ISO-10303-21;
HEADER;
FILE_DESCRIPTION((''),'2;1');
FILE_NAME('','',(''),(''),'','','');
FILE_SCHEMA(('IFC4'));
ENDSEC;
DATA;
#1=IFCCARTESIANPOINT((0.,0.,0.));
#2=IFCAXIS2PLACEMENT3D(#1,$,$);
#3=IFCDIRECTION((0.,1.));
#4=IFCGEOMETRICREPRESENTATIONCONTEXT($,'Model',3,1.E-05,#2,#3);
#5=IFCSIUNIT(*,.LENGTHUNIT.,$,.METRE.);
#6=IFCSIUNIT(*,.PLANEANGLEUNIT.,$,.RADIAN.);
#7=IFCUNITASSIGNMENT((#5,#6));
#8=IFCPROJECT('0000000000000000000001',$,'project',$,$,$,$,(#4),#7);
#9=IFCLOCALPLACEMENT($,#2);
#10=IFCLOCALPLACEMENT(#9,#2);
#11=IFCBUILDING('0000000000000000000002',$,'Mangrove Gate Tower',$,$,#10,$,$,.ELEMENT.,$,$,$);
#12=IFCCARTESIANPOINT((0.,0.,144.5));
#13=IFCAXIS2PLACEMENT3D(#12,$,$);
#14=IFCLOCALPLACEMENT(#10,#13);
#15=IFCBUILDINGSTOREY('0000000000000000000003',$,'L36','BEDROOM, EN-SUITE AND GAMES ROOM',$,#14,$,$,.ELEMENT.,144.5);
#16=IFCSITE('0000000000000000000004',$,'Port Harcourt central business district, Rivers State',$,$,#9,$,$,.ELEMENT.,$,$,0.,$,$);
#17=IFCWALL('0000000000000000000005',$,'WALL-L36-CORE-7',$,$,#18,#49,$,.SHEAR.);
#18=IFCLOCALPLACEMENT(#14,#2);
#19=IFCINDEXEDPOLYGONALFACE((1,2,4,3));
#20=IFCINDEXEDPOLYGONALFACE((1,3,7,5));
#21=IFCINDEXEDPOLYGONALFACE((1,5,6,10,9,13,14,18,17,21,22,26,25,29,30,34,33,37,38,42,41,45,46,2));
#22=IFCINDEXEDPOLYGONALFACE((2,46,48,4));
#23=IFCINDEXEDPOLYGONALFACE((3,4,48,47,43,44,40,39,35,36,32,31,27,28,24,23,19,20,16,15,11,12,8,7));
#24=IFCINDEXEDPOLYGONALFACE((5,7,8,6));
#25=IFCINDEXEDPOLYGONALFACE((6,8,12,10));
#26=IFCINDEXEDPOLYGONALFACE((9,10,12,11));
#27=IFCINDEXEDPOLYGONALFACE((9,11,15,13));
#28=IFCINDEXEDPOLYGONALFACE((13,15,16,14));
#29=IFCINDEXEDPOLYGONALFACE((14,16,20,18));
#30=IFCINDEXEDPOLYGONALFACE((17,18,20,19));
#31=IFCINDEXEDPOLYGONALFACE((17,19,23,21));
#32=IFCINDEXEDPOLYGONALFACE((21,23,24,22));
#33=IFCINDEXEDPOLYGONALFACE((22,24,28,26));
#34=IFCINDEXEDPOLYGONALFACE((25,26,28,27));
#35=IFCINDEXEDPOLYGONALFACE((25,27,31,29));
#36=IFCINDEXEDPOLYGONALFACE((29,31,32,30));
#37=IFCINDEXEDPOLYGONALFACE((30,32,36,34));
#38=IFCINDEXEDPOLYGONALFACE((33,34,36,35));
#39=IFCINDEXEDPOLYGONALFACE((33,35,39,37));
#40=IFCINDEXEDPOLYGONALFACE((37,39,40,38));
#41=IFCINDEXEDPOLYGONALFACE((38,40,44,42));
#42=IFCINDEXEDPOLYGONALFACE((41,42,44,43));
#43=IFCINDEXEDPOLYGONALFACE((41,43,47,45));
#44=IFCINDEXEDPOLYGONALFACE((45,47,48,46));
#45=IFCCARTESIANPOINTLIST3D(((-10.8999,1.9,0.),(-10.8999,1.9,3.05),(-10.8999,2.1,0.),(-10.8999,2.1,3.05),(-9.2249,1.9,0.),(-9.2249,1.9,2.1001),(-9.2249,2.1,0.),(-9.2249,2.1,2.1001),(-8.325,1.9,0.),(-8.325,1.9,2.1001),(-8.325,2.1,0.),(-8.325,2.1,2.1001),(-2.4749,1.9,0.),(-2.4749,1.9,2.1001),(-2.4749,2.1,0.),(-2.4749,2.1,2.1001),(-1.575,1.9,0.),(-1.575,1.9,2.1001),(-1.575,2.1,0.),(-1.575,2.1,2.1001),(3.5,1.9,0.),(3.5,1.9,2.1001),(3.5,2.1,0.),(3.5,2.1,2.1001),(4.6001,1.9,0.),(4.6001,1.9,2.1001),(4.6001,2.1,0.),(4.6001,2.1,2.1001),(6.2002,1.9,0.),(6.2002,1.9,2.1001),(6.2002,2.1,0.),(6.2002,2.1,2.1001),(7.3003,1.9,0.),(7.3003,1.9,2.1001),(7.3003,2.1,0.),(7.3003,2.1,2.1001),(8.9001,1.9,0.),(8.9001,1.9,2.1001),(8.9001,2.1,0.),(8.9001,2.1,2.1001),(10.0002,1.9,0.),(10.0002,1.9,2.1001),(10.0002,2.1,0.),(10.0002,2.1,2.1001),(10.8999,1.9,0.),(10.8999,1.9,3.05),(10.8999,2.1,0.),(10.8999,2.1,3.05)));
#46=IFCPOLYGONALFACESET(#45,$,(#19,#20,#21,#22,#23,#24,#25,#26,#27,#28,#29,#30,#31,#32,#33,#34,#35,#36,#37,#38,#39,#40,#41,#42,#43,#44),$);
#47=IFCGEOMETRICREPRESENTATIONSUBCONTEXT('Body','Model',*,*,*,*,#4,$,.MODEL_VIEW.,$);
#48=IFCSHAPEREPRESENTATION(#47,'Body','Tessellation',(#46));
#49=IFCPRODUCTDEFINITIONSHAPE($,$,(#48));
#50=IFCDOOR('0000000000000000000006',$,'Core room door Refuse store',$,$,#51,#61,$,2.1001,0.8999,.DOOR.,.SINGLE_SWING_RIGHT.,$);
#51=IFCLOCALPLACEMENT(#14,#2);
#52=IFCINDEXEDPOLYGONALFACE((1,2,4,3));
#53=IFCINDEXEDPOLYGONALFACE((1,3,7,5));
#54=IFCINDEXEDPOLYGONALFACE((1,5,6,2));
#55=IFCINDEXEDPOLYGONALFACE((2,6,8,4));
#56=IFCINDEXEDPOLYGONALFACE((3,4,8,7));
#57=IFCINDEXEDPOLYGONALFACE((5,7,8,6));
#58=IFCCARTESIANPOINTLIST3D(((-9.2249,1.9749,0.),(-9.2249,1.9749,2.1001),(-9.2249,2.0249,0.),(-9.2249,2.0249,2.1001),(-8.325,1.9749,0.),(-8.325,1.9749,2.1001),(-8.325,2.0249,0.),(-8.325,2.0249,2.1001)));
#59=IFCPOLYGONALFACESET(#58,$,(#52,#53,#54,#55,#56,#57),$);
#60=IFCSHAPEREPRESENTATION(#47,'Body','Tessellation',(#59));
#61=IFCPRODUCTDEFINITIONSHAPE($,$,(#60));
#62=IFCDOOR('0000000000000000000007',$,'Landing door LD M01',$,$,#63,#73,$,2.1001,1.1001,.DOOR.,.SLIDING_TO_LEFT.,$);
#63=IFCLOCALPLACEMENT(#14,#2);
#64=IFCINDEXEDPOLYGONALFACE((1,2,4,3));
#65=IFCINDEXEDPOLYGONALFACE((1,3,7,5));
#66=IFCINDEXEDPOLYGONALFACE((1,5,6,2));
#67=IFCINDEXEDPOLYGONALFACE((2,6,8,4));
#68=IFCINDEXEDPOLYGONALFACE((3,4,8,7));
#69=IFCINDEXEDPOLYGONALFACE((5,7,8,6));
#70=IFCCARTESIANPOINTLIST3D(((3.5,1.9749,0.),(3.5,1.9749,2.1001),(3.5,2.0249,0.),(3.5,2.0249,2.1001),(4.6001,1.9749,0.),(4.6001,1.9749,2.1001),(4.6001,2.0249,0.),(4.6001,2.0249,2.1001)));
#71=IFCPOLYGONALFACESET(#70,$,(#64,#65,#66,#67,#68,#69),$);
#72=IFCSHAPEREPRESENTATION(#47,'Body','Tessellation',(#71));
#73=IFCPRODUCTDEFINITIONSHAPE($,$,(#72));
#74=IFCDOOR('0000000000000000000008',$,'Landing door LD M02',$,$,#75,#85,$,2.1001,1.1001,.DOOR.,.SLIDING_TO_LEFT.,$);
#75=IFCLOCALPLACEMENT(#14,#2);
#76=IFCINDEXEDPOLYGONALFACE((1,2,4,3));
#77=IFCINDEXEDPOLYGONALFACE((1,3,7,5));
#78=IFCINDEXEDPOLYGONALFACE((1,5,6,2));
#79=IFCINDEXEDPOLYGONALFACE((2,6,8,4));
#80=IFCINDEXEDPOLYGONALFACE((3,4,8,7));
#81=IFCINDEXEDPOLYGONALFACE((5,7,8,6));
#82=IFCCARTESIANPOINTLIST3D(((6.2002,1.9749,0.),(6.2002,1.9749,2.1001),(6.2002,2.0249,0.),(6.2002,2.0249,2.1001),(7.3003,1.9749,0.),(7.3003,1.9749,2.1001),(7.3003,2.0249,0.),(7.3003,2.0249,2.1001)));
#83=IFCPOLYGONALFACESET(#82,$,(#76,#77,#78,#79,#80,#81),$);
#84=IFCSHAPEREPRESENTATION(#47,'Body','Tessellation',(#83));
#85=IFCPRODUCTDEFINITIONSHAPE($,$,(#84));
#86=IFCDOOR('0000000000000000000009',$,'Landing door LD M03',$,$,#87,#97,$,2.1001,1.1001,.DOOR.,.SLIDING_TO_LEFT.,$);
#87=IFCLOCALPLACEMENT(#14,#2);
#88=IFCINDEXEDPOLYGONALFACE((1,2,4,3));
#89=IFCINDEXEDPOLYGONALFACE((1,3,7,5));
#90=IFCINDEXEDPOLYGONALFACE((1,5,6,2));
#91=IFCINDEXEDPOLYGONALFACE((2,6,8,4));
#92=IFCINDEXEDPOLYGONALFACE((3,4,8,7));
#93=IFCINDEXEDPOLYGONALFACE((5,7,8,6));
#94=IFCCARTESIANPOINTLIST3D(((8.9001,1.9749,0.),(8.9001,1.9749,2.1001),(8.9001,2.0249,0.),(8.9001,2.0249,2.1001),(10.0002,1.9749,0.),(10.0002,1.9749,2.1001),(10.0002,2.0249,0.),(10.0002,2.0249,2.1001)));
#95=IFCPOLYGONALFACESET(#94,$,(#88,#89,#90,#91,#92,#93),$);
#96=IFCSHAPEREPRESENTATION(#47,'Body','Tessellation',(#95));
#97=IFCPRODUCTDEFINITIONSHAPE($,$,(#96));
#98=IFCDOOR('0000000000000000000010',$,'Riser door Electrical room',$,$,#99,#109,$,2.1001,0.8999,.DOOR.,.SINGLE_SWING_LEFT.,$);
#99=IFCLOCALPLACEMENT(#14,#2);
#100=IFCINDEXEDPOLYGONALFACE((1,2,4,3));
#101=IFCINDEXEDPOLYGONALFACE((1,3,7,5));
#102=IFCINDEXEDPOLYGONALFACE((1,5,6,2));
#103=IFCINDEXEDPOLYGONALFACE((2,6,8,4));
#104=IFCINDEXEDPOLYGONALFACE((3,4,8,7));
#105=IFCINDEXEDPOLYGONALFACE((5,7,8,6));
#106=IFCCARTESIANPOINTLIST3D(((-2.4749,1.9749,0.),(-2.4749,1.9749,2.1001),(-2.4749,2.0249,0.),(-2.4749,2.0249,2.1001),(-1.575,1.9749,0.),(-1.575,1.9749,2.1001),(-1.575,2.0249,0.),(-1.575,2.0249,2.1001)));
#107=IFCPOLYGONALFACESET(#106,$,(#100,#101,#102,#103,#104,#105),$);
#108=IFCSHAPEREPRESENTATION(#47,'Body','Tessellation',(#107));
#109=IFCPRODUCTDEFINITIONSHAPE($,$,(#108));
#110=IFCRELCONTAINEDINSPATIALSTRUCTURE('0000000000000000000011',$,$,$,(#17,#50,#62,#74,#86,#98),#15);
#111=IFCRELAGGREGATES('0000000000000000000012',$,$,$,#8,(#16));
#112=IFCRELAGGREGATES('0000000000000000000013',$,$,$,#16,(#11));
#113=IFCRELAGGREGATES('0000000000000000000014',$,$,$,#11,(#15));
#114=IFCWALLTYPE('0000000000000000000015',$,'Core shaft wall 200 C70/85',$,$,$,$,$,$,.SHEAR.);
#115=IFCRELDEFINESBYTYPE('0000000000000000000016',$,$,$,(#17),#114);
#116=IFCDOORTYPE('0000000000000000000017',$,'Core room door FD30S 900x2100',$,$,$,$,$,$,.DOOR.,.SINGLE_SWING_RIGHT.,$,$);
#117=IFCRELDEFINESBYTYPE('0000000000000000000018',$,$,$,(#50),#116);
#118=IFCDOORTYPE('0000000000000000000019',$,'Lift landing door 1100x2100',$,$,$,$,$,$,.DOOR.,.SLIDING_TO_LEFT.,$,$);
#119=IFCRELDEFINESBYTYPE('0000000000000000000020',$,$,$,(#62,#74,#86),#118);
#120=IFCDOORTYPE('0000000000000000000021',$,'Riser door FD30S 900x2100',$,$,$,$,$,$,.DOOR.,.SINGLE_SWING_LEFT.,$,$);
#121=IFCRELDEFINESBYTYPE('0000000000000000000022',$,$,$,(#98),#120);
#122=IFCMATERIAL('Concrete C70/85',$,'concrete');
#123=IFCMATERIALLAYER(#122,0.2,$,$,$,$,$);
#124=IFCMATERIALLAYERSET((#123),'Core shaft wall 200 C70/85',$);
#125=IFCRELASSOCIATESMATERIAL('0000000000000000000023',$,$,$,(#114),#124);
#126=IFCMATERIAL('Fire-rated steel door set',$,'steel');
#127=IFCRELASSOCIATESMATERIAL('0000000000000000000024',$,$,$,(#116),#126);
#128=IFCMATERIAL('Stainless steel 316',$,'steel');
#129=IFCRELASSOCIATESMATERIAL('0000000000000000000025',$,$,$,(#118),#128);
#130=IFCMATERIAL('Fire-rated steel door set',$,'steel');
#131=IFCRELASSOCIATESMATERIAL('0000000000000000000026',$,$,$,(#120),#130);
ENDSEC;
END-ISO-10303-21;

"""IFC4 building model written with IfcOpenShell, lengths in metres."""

from ifc_helpers import new_model, si_unit, direction, frame, frame_2d, origin, place, context, subcontext, project, spatial, rectangle, extrude, material, layer, layer_set, type_object, element, fill, save


model = new_model("IFC4")

# Units and contexts
model_context = context("Model", 3, precision=1e-05, world=origin(), true_north=direction((0.0, 1.0)))
body_context = subcontext(model_context, "Body", "Model", "MODEL_VIEW")
ifc_project = project(units=[si_unit("LENGTHUNIT", "METRE"), si_unit("PLANEANGLEUNIT", "RADIAN")], contexts=[model_context])

# Site, building, storey
site_placement = place(None, origin())
site = spatial("IfcSite", under=ifc_project, at=site_placement, Name="Port Harcourt central business district, Rivers State", CompositionType="ELEMENT", RefElevation=0.0)
building_placement = place(site_placement, origin())
building = spatial("IfcBuilding", under=site, at=building_placement, Name="Mangrove Gate Tower", CompositionType="ELEMENT")
storey_placement = place(building_placement, frame((0.0, 0.0, 144.5)))
storey = spatial("IfcBuildingStorey", under=building, at=storey_placement, Name="L36", Description="BEDROOM, EN-SUITE AND GAMES ROOM", CompositionType="ELEMENT", Elevation=144.5)

# Wall, openings, doors
ifc_material_1 = material(Name="Concrete C70/85", Category="concrete")
ifc_layer_1 = layer(ifc_material_1, 0.2)
ifc_layer_set_1 = layer_set([ifc_layer_1], Name="Core shaft wall 200 C70/85")
wall_type_1 = type_object("IfcWallType", Name="Core shaft wall 200 C70/85", PredefinedType="SHEAR", material=ifc_layer_set_1)
wall_1_placement = place(storey_placement, frame((-10.8999, 2.0, 0.0), z_axis=(0.0, 0.0, 1.0), x_axis=(1.0, 0.0, 0.0)))
wall_1 = element("IfcWall", 1, at=wall_1_placement, inside=storey, type_object=wall_type_1, Name="WALL-L36-CORE-7", PredefinedType="SHEAR", context=body_context, shape_type="SweptSolid", body=[
    extrude(rectangle(XDim=21.7998, YDim=0.2, at=frame_2d((10.8999, 0.0))), origin(), (0.0, 0.0, 1.0), 3.05),
])
opening_1_placement = place(wall_1_placement, frame((14.3999, 0.0, 0.0)))
opening_1 = element("IfcOpeningElement", 2, at=opening_1_placement, cuts=wall_1, PredefinedType="OPENING", context=body_context, shape_type="SweptSolid", body=[
    extrude(rectangle(XDim=1.1001, YDim=2.1001, at=frame_2d((0.55, 1.05))), frame((0.0, 0.1099, 0.0), z_axis=(0.0, -1.0, 0.0), x_axis=(1.0, 0.0, 0.0)), (0.0, 0.0, 1.0), 0.22),
])
opening_2_placement = place(wall_1_placement, frame((17.1001, 0.0, 0.0)))
opening_2 = element("IfcOpeningElement", 3, at=opening_2_placement, cuts=wall_1, PredefinedType="OPENING", context=body_context, shape_type="SweptSolid", body=[
    extrude(rectangle(XDim=1.1001, YDim=2.1001, at=frame_2d((0.55, 1.05))), frame((0.0, 0.1099, 0.0), z_axis=(0.0, -1.0, 0.0), x_axis=(1.0, 0.0, 0.0)), (0.0, 0.0, 1.0), 0.22),
])
opening_3_placement = place(wall_1_placement, frame((19.8, 0.0, 0.0)))
opening_3 = element("IfcOpeningElement", 4, at=opening_3_placement, cuts=wall_1, PredefinedType="OPENING", context=body_context, shape_type="SweptSolid", body=[
    extrude(rectangle(XDim=1.1001, YDim=2.1001, at=frame_2d((0.55, 1.05))), frame((0.0, 0.1099, 0.0), z_axis=(0.0, -1.0, 0.0), x_axis=(1.0, 0.0, 0.0)), (0.0, 0.0, 1.0), 0.22),
])
opening_4_placement = place(wall_1_placement, frame((1.675, 0.0, 0.0)))
opening_4 = element("IfcOpeningElement", 5, at=opening_4_placement, cuts=wall_1, PredefinedType="OPENING", context=body_context, shape_type="SweptSolid", body=[
    extrude(rectangle(XDim=0.8999, YDim=2.1001, at=frame_2d((0.45, 1.05))), frame((0.0, 0.1099, 0.0), z_axis=(0.0, -1.0, 0.0), x_axis=(1.0, 0.0, 0.0)), (0.0, 0.0, 1.0), 0.22),
])
opening_5_placement = place(wall_1_placement, frame((8.425, 0.0, 0.0)))
opening_5 = element("IfcOpeningElement", 6, at=opening_5_placement, cuts=wall_1, PredefinedType="OPENING", context=body_context, shape_type="SweptSolid", body=[
    extrude(rectangle(XDim=0.8999, YDim=2.1001, at=frame_2d((0.45, 1.05))), frame((0.0, 0.1099, 0.0), z_axis=(0.0, -1.0, 0.0), x_axis=(1.0, 0.0, 0.0)), (0.0, 0.0, 1.0), 0.22),
])
ifc_material_2 = material(Name="Fire-rated steel door set", Category="steel")
door_type_1 = type_object("IfcDoorType", Name="Core room door FD30S 900x2100", OperationType="SINGLE_SWING_RIGHT", PredefinedType="DOOR", material=ifc_material_2)
door_1_placement = place(opening_4_placement, origin())
door_1 = element("IfcDoor", 7, at=door_1_placement, inside=storey, type_object=door_type_1, Name="Core room door Refuse store", OperationType="SINGLE_SWING_RIGHT", OverallHeight=2.1001, OverallWidth=0.8999, PredefinedType="DOOR", context=body_context, shape_type="SweptSolid", body=[
    extrude(rectangle(XDim=0.8999, YDim=2.1001, at=frame_2d((0.45, 1.05))), frame((0.0, 0.0249, 0.0), z_axis=(0.0, -1.0, 0.0), x_axis=(1.0, 0.0, 0.0)), (0.0, 0.0, 1.0), 0.05),
])
fill(opening_4, door_1)
ifc_material_3 = material(Name="Stainless steel 316", Category="steel")
door_type_2 = type_object("IfcDoorType", Name="Lift landing door 1100x2100", OperationType="SLIDING_TO_LEFT", PredefinedType="DOOR", material=ifc_material_3)
door_2_placement = place(opening_1_placement, origin())
door_2 = element("IfcDoor", 8, at=door_2_placement, inside=storey, type_object=door_type_2, Name="Landing door LD M01", OperationType="SLIDING_TO_LEFT", OverallHeight=2.1001, OverallWidth=1.1001, PredefinedType="DOOR", context=body_context, shape_type="SweptSolid", body=[
    extrude(rectangle(XDim=1.1001, YDim=2.1001, at=frame_2d((0.55, 1.05))), frame((0.0, 0.0249, 0.0), z_axis=(0.0, -1.0, 0.0), x_axis=(1.0, 0.0, 0.0)), (0.0, 0.0, 1.0), 0.05),
])
fill(opening_1, door_2)
door_3_placement = place(opening_2_placement, origin())
door_3 = element("IfcDoor", 9, at=door_3_placement, inside=storey, type_object=door_type_2, Name="Landing door LD M02", OperationType="SLIDING_TO_LEFT", OverallHeight=2.1001, OverallWidth=1.1001, PredefinedType="DOOR", context=body_context, shape_type="SweptSolid", body=[
    extrude(rectangle(XDim=1.1001, YDim=2.1001, at=frame_2d((0.55, 1.05))), frame((0.0, 0.0249, 0.0), z_axis=(0.0, -1.0, 0.0), x_axis=(1.0, 0.0, 0.0)), (0.0, 0.0, 1.0), 0.05),
])
fill(opening_2, door_3)
door_4_placement = place(opening_3_placement, origin())
door_4 = element("IfcDoor", 10, at=door_4_placement, inside=storey, type_object=door_type_2, Name="Landing door LD M03", OperationType="SLIDING_TO_LEFT", OverallHeight=2.1001, OverallWidth=1.1001, PredefinedType="DOOR", context=body_context, shape_type="SweptSolid", body=[
    extrude(rectangle(XDim=1.1001, YDim=2.1001, at=frame_2d((0.55, 1.05))), frame((0.0, 0.0249, 0.0), z_axis=(0.0, -1.0, 0.0), x_axis=(1.0, 0.0, 0.0)), (0.0, 0.0, 1.0), 0.05),
])
fill(opening_3, door_4)
ifc_material_4 = material(Name="Fire-rated steel door set", Category="steel")
door_type_3 = type_object("IfcDoorType", Name="Riser door FD30S 900x2100", OperationType="SINGLE_SWING_LEFT", PredefinedType="DOOR", material=ifc_material_4)
door_5_placement = place(opening_5_placement, origin())
door_5 = element("IfcDoor", 11, at=door_5_placement, inside=storey, type_object=door_type_3, Name="Riser door Electrical room", OperationType="SINGLE_SWING_LEFT", OverallHeight=2.1001, OverallWidth=0.8999, PredefinedType="DOOR", context=body_context, shape_type="SweptSolid", body=[
    extrude(rectangle(XDim=0.8999, YDim=2.1001, at=frame_2d((0.45, 1.05))), frame((0.0, 0.0249, 0.0), z_axis=(0.0, -1.0, 0.0), x_axis=(1.0, 0.0, 0.0)), (0.0, 0.0, 1.0), 0.05),
])
fill(opening_5, door_5)

save(model, "model.ifc")
